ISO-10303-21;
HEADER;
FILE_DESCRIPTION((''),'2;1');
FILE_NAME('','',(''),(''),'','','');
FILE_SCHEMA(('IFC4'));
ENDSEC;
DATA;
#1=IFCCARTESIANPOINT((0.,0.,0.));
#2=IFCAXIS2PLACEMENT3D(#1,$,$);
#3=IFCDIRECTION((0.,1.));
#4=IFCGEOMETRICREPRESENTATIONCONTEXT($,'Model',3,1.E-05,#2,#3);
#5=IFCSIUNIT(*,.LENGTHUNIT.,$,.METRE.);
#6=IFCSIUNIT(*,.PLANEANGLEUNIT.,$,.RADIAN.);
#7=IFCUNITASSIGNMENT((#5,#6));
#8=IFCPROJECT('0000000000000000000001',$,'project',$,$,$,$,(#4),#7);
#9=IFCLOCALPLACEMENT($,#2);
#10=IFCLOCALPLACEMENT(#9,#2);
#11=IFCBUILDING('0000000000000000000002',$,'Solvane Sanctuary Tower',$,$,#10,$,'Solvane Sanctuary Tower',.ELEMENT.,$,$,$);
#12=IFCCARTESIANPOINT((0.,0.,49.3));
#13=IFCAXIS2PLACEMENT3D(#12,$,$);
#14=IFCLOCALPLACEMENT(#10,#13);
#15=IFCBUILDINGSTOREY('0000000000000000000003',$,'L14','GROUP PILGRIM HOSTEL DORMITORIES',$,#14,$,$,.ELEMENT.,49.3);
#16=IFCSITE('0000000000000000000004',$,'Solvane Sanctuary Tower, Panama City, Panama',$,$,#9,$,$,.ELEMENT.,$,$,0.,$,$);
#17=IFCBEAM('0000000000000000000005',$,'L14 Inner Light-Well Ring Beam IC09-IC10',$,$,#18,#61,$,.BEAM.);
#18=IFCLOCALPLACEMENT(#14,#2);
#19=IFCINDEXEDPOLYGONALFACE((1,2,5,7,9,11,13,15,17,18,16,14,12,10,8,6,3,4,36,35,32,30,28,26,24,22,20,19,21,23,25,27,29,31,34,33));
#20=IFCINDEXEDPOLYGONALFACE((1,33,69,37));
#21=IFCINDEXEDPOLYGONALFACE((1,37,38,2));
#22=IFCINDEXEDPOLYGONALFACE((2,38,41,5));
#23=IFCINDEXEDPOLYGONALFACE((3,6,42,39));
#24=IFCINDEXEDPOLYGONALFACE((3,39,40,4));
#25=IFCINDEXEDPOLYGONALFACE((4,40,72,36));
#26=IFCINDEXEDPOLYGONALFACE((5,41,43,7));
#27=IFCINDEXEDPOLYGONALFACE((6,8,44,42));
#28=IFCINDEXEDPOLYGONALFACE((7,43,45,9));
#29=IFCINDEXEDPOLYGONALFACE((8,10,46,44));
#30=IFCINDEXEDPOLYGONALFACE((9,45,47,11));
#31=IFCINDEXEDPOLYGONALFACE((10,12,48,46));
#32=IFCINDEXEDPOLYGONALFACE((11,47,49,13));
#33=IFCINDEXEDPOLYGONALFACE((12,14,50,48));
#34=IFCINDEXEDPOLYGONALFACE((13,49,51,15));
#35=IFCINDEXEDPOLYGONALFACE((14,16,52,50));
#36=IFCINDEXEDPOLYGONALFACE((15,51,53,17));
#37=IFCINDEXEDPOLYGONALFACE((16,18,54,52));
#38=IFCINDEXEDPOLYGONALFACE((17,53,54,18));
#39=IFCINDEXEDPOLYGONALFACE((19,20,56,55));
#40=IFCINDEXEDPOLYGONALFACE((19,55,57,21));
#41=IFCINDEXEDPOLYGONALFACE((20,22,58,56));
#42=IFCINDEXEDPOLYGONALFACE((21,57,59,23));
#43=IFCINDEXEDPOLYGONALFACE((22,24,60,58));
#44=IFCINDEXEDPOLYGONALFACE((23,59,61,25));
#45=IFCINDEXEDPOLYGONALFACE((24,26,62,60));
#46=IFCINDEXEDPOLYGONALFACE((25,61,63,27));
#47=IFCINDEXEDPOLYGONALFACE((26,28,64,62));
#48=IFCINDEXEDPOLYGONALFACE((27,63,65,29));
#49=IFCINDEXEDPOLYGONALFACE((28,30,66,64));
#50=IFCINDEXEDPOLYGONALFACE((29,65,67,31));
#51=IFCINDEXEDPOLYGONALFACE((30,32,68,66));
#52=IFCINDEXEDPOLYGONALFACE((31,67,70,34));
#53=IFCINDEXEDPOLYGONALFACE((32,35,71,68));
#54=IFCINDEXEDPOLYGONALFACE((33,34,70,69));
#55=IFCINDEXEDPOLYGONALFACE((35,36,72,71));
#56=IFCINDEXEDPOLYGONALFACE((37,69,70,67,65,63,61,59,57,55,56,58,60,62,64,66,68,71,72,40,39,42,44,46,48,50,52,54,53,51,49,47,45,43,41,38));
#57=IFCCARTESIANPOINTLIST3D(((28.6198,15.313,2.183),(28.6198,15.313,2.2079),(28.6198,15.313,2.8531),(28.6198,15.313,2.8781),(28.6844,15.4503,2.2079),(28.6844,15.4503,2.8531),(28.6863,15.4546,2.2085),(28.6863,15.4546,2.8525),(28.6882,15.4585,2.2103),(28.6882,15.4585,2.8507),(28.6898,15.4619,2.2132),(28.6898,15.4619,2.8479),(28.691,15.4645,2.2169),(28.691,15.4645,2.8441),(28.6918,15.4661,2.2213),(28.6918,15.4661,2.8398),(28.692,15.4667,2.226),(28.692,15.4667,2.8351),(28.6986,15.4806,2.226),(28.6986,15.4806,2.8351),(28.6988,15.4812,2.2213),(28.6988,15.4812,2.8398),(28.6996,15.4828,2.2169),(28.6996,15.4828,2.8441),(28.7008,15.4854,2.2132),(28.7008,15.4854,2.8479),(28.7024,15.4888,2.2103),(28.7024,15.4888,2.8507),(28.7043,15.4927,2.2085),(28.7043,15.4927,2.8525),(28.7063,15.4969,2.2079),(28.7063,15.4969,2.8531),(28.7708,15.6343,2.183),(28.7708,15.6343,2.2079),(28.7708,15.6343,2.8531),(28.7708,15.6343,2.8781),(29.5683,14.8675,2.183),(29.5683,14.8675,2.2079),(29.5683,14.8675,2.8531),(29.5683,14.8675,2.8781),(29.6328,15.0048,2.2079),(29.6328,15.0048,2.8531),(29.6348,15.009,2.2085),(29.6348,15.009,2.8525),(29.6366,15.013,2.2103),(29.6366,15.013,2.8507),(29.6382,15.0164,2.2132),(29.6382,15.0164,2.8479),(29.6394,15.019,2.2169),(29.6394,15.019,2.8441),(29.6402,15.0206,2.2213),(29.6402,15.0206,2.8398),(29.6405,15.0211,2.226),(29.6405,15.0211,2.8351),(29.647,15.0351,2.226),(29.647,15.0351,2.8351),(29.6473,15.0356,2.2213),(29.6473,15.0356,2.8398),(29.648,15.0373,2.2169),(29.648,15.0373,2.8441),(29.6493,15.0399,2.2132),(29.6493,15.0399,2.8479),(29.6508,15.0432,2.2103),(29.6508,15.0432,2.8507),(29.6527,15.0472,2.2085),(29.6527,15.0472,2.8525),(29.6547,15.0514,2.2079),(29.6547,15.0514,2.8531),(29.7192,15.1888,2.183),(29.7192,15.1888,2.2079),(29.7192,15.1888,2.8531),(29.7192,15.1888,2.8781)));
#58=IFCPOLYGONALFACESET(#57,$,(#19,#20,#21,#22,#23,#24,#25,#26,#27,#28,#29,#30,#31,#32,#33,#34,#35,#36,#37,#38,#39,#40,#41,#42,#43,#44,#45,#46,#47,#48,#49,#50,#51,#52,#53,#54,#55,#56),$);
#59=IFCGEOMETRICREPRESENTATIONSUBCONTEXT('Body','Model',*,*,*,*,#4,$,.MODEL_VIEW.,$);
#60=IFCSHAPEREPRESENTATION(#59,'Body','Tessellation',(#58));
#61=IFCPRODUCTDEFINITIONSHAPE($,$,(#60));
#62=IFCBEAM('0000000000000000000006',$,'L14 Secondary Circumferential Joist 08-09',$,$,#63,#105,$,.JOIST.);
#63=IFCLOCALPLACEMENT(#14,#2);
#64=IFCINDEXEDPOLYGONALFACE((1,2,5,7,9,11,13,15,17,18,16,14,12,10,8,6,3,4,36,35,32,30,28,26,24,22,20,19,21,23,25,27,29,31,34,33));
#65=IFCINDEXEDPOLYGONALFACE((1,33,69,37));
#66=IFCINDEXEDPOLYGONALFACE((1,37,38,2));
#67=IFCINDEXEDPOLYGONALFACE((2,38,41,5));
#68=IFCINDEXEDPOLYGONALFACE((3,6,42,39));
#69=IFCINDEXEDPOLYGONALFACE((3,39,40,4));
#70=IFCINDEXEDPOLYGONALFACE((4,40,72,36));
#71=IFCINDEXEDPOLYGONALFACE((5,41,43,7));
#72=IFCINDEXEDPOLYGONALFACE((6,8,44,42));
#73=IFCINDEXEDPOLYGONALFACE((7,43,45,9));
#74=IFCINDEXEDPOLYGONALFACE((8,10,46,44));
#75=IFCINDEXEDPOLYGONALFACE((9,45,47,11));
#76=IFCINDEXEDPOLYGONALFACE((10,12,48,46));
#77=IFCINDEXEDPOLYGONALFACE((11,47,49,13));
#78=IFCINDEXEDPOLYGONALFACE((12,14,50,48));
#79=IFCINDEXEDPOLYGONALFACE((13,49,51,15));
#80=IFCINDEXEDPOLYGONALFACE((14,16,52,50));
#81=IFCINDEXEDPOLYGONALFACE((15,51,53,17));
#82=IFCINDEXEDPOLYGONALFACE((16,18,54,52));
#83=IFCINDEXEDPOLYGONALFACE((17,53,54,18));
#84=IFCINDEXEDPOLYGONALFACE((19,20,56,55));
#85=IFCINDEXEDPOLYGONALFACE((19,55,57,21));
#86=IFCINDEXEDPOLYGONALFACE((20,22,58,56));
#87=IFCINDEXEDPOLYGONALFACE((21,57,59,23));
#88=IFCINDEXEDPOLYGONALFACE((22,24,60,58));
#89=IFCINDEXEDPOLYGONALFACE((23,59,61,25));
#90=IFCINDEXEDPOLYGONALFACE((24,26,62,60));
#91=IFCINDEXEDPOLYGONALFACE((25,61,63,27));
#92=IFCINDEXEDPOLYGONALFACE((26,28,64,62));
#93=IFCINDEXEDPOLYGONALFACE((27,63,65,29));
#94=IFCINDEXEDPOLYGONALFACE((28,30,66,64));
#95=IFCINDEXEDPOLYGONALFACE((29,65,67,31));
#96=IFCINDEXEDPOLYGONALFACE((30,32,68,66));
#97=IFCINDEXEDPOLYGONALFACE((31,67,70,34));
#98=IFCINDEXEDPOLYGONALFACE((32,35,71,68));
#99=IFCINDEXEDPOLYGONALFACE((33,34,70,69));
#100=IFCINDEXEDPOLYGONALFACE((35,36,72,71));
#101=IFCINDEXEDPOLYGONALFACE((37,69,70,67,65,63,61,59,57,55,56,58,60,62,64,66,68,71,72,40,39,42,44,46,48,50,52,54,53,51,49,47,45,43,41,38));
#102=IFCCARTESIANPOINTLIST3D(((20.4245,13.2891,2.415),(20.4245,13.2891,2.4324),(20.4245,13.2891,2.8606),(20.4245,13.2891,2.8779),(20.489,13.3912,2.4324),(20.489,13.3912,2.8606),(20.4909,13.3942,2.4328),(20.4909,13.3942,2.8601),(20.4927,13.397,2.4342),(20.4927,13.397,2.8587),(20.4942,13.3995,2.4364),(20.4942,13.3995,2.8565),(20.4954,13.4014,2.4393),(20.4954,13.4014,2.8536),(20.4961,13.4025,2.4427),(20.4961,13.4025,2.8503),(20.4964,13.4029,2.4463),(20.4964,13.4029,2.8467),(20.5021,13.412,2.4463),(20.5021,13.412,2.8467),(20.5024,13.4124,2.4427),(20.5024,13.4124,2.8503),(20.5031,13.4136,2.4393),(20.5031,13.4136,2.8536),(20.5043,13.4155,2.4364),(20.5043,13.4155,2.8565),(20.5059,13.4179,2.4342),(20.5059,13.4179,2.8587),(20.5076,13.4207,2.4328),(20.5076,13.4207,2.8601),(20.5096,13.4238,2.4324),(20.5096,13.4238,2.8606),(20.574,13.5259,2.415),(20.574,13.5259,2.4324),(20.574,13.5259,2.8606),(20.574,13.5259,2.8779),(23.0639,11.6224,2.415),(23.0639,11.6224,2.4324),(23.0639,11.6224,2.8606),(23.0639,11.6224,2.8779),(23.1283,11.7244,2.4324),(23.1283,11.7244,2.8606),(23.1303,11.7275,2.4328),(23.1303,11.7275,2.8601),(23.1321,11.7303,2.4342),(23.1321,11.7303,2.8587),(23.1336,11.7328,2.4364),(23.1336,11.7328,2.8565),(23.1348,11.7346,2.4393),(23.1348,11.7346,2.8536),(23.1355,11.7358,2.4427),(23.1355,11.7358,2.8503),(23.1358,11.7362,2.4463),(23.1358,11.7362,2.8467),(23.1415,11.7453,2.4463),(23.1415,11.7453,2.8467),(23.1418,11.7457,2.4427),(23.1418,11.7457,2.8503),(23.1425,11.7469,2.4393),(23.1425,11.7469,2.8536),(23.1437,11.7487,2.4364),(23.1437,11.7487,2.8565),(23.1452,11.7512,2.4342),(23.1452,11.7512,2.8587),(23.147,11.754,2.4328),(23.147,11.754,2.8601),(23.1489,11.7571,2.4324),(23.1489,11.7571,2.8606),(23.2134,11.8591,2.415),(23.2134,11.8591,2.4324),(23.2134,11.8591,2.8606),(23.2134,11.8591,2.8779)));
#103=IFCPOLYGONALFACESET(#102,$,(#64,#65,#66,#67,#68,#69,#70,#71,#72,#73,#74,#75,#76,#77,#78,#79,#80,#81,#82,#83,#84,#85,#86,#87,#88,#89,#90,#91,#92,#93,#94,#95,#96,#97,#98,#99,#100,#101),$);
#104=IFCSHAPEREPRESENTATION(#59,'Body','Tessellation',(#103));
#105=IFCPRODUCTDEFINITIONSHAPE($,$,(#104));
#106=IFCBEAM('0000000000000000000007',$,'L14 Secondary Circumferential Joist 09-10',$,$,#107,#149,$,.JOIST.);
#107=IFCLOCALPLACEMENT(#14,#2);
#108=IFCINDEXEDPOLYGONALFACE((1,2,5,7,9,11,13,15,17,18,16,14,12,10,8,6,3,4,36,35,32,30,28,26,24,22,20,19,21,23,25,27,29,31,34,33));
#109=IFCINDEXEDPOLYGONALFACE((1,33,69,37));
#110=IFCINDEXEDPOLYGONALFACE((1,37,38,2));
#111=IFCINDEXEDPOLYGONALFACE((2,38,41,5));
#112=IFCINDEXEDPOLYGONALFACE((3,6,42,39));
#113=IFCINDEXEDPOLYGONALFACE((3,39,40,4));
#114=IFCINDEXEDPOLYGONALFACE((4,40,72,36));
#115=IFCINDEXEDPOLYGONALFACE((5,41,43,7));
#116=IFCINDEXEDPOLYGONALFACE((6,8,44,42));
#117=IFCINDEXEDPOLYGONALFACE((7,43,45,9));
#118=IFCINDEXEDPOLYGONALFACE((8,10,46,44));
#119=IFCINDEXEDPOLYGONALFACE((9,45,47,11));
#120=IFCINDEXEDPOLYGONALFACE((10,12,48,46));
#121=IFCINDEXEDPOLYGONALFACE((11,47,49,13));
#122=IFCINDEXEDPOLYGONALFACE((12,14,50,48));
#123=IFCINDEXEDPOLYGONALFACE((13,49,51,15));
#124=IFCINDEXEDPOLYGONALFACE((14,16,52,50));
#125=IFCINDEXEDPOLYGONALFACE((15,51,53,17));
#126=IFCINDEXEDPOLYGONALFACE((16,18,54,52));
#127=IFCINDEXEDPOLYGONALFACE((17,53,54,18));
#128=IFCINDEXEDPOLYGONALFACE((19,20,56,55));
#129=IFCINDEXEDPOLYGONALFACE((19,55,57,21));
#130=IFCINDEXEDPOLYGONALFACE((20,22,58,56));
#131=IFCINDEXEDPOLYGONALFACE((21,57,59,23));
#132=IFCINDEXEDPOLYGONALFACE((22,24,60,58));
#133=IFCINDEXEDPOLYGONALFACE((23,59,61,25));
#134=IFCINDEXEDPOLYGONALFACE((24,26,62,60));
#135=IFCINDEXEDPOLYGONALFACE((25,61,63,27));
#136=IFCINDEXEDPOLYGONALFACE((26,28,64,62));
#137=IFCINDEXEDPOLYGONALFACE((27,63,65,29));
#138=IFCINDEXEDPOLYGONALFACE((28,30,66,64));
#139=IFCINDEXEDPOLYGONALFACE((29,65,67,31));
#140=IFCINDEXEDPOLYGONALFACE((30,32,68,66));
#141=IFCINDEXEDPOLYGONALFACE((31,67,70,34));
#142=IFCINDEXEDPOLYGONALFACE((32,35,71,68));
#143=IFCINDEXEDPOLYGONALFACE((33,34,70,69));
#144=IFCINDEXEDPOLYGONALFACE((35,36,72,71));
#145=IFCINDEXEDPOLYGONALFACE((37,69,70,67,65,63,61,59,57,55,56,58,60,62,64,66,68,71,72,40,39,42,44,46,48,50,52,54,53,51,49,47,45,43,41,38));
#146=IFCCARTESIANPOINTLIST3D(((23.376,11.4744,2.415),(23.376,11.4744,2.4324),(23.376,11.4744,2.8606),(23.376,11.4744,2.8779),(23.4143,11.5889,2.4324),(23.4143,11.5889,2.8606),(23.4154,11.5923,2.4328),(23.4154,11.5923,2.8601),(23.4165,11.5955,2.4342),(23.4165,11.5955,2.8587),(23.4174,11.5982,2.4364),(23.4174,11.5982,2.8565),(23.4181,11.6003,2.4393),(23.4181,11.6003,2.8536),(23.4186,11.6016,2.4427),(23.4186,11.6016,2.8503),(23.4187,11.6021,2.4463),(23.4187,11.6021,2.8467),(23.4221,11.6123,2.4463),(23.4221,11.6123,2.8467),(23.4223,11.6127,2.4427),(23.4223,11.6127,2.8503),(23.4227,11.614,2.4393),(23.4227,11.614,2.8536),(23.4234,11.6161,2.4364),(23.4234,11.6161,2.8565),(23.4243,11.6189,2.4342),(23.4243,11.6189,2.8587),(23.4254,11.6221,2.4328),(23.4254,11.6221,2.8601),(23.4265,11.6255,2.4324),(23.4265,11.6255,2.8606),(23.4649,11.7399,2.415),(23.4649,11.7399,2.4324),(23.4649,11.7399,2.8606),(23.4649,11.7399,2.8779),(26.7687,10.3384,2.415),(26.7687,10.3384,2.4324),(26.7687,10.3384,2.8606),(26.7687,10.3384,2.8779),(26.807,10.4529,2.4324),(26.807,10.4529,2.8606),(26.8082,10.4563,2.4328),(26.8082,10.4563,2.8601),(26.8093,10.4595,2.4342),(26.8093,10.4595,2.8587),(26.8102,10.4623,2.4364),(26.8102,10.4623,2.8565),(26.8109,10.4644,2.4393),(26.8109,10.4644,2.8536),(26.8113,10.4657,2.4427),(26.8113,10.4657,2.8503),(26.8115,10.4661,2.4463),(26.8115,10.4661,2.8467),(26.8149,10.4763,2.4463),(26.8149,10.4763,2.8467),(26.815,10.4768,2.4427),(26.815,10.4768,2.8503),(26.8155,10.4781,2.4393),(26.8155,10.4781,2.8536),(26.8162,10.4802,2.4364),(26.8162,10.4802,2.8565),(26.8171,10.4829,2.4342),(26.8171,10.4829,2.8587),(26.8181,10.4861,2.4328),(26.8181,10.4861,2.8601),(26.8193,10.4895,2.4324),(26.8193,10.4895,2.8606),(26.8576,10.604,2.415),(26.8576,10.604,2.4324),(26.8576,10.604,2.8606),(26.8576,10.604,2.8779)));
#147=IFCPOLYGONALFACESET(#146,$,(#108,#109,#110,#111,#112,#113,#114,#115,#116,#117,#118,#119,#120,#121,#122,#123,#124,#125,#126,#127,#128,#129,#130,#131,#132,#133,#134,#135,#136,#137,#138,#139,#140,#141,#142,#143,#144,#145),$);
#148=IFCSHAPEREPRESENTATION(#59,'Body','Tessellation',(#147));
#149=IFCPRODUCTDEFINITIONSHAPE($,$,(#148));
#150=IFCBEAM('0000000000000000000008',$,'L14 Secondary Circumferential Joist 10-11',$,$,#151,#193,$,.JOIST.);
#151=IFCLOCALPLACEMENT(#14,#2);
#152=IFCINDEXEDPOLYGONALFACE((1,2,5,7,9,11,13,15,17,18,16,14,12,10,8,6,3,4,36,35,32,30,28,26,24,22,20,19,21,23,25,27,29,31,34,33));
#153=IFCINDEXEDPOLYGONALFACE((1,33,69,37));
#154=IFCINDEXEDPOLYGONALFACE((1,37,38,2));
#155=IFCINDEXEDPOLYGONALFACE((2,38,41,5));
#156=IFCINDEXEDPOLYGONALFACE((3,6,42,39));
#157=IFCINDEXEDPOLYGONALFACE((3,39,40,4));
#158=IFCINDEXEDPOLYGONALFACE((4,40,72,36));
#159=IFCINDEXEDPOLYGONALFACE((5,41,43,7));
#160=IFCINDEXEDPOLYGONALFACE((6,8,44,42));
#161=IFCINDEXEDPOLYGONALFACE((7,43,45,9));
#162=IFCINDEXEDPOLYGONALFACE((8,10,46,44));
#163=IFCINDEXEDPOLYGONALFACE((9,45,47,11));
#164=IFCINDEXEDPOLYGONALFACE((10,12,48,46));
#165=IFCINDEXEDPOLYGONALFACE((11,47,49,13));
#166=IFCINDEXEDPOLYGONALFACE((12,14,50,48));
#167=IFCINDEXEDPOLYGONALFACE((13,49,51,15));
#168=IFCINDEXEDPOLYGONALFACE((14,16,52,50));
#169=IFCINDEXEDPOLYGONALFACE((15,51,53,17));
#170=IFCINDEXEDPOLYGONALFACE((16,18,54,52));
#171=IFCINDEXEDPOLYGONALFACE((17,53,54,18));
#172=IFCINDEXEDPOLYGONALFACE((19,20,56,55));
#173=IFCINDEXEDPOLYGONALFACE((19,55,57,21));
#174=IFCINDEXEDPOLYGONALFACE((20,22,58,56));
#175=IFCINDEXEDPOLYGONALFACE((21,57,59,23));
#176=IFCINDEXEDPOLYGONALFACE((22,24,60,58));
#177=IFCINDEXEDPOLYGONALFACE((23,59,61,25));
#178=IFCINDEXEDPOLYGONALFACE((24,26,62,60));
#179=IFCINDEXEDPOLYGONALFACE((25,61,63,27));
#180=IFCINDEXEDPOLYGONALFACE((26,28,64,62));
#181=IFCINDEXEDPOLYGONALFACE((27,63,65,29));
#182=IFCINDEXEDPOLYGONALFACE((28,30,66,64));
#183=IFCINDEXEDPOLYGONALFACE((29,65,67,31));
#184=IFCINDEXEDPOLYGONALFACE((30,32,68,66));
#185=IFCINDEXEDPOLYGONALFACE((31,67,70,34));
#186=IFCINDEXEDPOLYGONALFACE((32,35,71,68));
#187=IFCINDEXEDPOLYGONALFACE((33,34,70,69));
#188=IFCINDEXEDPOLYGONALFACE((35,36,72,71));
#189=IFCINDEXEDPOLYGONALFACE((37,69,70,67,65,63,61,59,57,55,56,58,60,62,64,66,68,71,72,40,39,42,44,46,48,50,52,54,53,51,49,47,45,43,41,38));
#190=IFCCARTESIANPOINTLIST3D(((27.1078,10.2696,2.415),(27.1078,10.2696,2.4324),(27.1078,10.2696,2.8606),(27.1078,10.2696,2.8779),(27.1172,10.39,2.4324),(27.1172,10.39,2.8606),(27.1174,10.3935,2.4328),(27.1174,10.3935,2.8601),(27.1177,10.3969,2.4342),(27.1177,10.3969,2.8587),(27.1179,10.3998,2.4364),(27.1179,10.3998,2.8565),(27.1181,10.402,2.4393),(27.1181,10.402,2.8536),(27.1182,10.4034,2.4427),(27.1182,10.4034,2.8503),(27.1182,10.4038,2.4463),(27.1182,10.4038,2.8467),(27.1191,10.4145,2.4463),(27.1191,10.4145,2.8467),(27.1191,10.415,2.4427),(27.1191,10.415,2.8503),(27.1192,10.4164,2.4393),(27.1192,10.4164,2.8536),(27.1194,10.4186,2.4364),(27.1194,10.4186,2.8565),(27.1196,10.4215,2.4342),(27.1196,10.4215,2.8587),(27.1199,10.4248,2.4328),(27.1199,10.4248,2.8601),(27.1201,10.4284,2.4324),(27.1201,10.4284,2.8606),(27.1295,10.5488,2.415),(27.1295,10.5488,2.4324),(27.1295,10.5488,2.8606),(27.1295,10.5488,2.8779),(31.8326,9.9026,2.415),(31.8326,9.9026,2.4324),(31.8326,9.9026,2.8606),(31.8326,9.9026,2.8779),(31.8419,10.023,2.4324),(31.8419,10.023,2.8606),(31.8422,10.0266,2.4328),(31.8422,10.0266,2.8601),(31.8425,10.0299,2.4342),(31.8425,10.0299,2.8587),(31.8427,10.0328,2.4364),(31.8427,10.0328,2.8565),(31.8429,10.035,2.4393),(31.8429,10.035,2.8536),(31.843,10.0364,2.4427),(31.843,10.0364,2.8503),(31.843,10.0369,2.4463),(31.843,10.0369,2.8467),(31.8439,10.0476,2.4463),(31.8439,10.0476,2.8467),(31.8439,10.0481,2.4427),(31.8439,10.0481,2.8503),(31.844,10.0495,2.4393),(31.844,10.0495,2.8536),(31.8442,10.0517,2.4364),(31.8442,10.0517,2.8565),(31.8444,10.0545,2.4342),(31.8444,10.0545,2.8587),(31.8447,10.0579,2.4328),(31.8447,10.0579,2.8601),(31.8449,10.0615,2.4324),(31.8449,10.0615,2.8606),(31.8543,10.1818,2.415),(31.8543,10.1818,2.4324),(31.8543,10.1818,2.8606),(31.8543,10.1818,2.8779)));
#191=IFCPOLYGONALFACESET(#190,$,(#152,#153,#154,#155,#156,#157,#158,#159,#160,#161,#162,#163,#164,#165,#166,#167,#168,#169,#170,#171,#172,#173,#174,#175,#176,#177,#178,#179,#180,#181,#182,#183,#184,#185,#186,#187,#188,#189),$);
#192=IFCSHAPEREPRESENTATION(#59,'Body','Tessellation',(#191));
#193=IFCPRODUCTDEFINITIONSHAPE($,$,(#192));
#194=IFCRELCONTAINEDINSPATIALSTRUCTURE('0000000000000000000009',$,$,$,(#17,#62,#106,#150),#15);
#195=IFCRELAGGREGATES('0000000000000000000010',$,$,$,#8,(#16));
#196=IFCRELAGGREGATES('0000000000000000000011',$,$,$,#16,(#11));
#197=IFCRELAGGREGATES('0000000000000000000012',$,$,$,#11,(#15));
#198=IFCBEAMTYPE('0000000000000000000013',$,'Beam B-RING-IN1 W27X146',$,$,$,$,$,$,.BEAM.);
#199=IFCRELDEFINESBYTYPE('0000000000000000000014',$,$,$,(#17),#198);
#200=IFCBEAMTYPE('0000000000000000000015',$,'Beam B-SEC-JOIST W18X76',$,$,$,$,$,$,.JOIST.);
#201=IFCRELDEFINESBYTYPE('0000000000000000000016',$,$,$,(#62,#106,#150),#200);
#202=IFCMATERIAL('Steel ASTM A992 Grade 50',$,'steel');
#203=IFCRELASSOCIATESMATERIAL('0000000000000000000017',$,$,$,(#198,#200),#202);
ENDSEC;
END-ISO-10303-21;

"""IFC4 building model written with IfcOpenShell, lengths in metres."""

from ifc_helpers import new_model, si_unit, direction, frame, origin, origin_2d, place, context, subcontext, project, spatial, i_section, extrude, material, material_profile, profile_set, type_object, element, save


model = new_model("IFC4")

# Units and contexts
model_context = context("Model", 3, precision=1e-05, world=origin(), true_north=direction((0.0, 1.0)))
body_context = subcontext(model_context, "Body", "Model", "MODEL_VIEW")
ifc_project = project(units=[si_unit("LENGTHUNIT", "METRE"), si_unit("PLANEANGLEUNIT", "RADIAN")], contexts=[model_context])

# Site, building, storey
site_placement = place(None, origin())
site = spatial("IfcSite", under=ifc_project, at=site_placement, Name="Solvane Sanctuary Tower, Panama City, Panama", CompositionType="ELEMENT", RefElevation=0.0)
building_placement = place(site_placement, origin())
building = spatial("IfcBuilding", under=site, at=building_placement, Name="Solvane Sanctuary Tower", LongName="Solvane Sanctuary Tower", CompositionType="ELEMENT")
storey_placement = place(building_placement, frame((0.0, 0.0, 49.3)))
storey = spatial("IfcBuildingStorey", under=building, at=storey_placement, Name="L14", Description="GROUP PILGRIM HOSTEL DORMITORIES", CompositionType="ELEMENT", Elevation=49.3)

# Beams
ifc_material_1 = material(Name="Steel ASTM A992 Grade 50", Category="steel")
ifc_material_profile_1 = material_profile(ifc_material_1, i_section(OverallWidth=0.355, OverallDepth=0.6951, WebThickness=0.0154, FlangeThickness=0.0249, FilletRadius=0.0181, at=origin_2d()), Name="W27X146")
ifc_profile_set_1 = profile_set([ifc_material_profile_1], Name="Steel ASTM A992 Grade 50")
beam_type_1 = type_object("IfcBeamType", Name="Beam B-RING-IN1 W27X146", PredefinedType="BEAM", material=ifc_profile_set_1)
beam_1_placement = place(storey_placement, frame((28.6953, 15.4736, 2.5305), z_axis=(0.905109, -0.42518, 0.0), x_axis=(0.42518, 0.905109, 0.0)))
element("IfcBeam", 1, at=beam_1_placement, inside=storey, type_object=beam_type_1, Name="L14 Inner Light-Well Ring Beam IC09-IC10", PredefinedType="BEAM", context=body_context, shape_type="SweptSolid", body=[
    extrude(i_section(OverallWidth=0.355, OverallDepth=0.6951, WebThickness=0.0154, FlangeThickness=0.0249, FilletRadius=0.0181, at=origin_2d()), origin(), (0.0, 0.0, 1.0), 1.0479),
])
ifc_material_profile_2 = material_profile(ifc_material_1, i_section(OverallWidth=0.28, OverallDepth=0.4629, WebThickness=0.0107, FlangeThickness=0.0173, FilletRadius=0.0139, at=origin_2d()), Name="W18X76")
ifc_profile_set_2 = profile_set([ifc_material_profile_2], Name="Steel ASTM A992 Grade 50")
beam_type_2 = type_object("IfcBeamType", Name="Beam B-SEC-JOIST W18X76", PredefinedType="JOIST", material=ifc_profile_set_2)
beam_2_placement = place(storey_placement, frame((20.4993, 13.4075, 2.6465), z_axis=(0.845524, -0.533937, 0.0), x_axis=(0.533937, 0.845524, 0.0)))
element("IfcBeam", 2, at=beam_2_placement, inside=storey, type_object=beam_type_2, Name="L14 Secondary Circumferential Joist 08-09", PredefinedType="JOIST", context=body_context, shape_type="SweptSolid", body=[
    extrude(i_section(OverallWidth=0.28, OverallDepth=0.4629, WebThickness=0.0107, FlangeThickness=0.0173, FilletRadius=0.0139, at=origin_2d()), origin(), (0.0, 0.0, 1.0), 3.1216),
])
beam_3_placement = place(storey_placement, frame((23.4204, 11.6072, 2.6465), z_axis=(0.948259, -0.317497, 0.0), x_axis=(0.317497, 0.948259, 0.0)))
element("IfcBeam", 3, at=beam_3_placement, inside=storey, type_object=beam_type_2, Name="L14 Secondary Circumferential Joist 09-10", PredefinedType="JOIST", context=body_context, shape_type="SweptSolid", body=[
    extrude(i_section(OverallWidth=0.28, OverallDepth=0.4629, WebThickness=0.0107, FlangeThickness=0.0173, FilletRadius=0.0139, at=origin_2d()), origin(), (0.0, 0.0, 1.0), 3.5779),
])
beam_4_placement = place(storey_placement, frame((27.1187, 10.4092, 2.6465), z_axis=(0.996998, -0.077429, 0.0), x_axis=(0.077429, 0.996998, 0.0)))
element("IfcBeam", 4, at=beam_4_placement, inside=storey, type_object=beam_type_2, Name="L14 Secondary Circumferential Joist 10-11", PredefinedType="JOIST", context=body_context, shape_type="SweptSolid", body=[
    extrude(i_section(OverallWidth=0.28, OverallDepth=0.4629, WebThickness=0.0107, FlangeThickness=0.0173, FilletRadius=0.0139, at=origin_2d()), origin(), (0.0, 0.0, 1.0), 4.739),
])

save(model, "model.ifc")
